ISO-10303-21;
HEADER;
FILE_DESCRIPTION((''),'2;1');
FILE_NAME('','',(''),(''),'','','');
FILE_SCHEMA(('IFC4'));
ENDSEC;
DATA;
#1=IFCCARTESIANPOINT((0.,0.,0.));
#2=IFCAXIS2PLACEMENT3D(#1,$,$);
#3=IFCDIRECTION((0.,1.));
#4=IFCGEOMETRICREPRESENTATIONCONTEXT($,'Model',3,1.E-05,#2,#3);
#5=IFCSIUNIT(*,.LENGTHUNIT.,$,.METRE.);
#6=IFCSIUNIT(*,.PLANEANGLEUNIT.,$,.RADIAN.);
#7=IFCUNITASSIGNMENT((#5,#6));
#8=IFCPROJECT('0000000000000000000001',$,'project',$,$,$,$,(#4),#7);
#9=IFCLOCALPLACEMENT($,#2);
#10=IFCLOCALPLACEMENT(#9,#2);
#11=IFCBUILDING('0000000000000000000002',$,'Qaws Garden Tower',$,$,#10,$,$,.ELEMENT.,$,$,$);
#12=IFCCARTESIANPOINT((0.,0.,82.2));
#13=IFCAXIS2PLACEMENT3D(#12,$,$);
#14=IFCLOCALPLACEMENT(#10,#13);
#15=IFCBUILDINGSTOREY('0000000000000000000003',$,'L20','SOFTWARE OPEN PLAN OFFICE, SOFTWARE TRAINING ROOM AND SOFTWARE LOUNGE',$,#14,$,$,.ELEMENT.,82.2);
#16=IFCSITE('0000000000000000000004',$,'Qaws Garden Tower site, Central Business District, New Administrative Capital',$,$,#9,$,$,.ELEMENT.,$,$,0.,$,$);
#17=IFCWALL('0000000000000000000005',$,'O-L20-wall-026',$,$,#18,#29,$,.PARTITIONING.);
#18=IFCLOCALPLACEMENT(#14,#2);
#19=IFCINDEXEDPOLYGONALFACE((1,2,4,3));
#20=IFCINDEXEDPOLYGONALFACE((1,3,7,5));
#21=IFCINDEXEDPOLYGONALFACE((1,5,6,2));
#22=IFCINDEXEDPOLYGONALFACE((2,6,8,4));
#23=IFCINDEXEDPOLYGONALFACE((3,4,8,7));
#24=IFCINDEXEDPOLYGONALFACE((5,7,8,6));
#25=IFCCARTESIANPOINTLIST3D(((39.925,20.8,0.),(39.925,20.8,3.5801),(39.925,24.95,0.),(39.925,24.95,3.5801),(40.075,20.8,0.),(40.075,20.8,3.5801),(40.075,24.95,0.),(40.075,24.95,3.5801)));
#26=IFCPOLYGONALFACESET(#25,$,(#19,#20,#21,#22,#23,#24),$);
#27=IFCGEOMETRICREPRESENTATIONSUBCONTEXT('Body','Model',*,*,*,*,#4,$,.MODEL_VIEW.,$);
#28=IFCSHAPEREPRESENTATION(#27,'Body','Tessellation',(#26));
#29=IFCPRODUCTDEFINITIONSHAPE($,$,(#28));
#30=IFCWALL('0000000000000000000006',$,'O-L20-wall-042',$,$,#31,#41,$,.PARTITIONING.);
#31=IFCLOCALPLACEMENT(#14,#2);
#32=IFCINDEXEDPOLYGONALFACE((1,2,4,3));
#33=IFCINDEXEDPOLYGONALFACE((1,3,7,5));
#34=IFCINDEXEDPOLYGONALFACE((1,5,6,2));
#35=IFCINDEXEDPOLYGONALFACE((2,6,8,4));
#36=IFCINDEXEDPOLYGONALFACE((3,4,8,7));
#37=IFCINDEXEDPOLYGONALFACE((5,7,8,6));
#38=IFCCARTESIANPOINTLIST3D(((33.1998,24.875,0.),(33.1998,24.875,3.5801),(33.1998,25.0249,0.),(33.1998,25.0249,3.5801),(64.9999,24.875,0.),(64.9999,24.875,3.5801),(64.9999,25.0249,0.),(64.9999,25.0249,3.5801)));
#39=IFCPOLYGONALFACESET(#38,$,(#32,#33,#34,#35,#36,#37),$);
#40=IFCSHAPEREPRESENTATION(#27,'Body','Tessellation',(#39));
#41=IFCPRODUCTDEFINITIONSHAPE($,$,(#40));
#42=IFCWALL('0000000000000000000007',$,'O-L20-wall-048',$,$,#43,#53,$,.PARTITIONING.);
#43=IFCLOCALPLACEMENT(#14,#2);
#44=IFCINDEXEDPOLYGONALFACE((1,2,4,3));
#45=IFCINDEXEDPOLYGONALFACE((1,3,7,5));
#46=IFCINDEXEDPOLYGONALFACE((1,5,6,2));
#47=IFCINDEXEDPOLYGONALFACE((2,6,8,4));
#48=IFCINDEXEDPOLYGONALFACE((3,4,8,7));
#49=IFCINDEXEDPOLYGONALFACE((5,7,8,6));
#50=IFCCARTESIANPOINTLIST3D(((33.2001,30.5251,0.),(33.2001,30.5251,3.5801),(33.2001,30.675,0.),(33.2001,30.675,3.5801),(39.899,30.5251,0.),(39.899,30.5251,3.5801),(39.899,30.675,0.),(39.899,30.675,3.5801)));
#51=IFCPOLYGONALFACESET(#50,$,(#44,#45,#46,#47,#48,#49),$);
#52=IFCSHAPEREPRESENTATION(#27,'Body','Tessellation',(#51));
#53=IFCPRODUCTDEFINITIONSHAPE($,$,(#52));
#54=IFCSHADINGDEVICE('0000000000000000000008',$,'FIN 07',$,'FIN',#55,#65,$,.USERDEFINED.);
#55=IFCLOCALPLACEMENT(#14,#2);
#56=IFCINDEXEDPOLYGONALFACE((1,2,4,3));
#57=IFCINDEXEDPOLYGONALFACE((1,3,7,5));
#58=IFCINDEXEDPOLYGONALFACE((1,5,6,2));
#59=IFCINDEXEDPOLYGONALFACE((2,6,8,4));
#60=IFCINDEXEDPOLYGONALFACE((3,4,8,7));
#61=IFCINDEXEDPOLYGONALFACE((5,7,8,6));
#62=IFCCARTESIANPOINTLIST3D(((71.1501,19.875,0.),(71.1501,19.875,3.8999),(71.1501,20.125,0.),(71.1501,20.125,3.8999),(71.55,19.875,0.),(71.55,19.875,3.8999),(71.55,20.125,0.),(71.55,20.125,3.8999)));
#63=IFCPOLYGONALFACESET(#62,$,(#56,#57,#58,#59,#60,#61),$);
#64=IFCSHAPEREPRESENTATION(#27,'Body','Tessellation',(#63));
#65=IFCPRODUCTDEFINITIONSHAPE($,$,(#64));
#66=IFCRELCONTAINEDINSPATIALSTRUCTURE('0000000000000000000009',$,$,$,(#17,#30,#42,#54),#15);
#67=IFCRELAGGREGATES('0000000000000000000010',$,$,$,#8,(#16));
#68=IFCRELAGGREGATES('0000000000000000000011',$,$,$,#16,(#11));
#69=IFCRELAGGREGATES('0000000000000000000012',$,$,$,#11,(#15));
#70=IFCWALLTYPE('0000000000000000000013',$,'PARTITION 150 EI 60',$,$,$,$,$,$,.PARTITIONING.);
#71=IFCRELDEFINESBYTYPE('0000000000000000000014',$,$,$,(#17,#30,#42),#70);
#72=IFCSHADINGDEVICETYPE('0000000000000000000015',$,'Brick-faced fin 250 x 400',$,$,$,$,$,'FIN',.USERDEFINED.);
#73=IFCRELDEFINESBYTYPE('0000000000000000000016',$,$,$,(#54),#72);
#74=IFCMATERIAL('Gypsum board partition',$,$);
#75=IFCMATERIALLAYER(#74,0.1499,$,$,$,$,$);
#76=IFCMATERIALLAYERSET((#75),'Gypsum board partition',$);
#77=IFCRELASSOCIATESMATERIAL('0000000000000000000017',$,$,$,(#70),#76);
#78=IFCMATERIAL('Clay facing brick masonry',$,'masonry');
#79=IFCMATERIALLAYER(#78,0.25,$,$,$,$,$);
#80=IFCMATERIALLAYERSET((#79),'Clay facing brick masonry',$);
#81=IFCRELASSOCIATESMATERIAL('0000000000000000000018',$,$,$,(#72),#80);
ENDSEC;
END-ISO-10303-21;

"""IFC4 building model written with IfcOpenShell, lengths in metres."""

from ifc_helpers import new_model, si_unit, direction, frame, frame_2d, origin, origin_2d, place, context, subcontext, project, spatial, rectangle, extrude, material, layer, layer_set, type_object, element, save


model = new_model("IFC4")

# Units and contexts
model_context = context("Model", 3, precision=1e-05, world=origin(), true_north=direction((0.0, 1.0)))
body_context = subcontext(model_context, "Body", "Model", "MODEL_VIEW")
ifc_project = project(units=[si_unit("LENGTHUNIT", "METRE"), si_unit("PLANEANGLEUNIT", "RADIAN")], contexts=[model_context])

# Site, building, storey
site_placement = place(None, origin())
site = spatial("IfcSite", under=ifc_project, at=site_placement, Name="Qaws Garden Tower site, Central Business District, New Administrative Capital", CompositionType="ELEMENT", RefElevation=0.0)
building_placement = place(site_placement, origin())
building = spatial("IfcBuilding", under=site, at=building_placement, Name="Qaws Garden Tower", CompositionType="ELEMENT")
storey_placement = place(building_placement, frame((0.0, 0.0, 82.2)))
storey = spatial("IfcBuildingStorey", under=building, at=storey_placement, Name="L20", Description="SOFTWARE OPEN PLAN OFFICE, SOFTWARE TRAINING ROOM AND SOFTWARE LOUNGE", CompositionType="ELEMENT", Elevation=82.2)

# Walls
ifc_material_1 = material(Name="Gypsum board partition")
ifc_layer_1 = layer(ifc_material_1, 0.1499)
ifc_layer_set_1 = layer_set([ifc_layer_1], Name="Gypsum board partition")
wall_type = type_object("IfcWallType", Name="PARTITION 150 EI 60", PredefinedType="PARTITIONING", material=ifc_layer_set_1)
wall_1_placement = place(storey_placement, frame((40.0, 20.8, 0.0), z_axis=(0.0, 0.0, 1.0), x_axis=(0.0, 1.0, 0.0)))
element("IfcWall", 1, at=wall_1_placement, inside=storey, type_object=wall_type, Name="O-L20-wall-026", PredefinedType="PARTITIONING", context=body_context, shape_type="SweptSolid", body=[
    extrude(rectangle(XDim=4.1499, YDim=0.1499, at=frame_2d((2.075, 0.0))), origin(), (0.0, 0.0, 1.0), 3.5801),
])
wall_2_placement = place(storey_placement, frame((33.2, 24.95, 0.0), z_axis=(0.0, 0.0, 1.0), x_axis=(1.0, 0.0, 0.0)))
element("IfcWall", 2, at=wall_2_placement, inside=storey, type_object=wall_type, Name="O-L20-wall-042", PredefinedType="PARTITIONING", context=body_context, shape_type="SweptSolid", body=[
    extrude(rectangle(XDim=31.8, YDim=0.1499, at=frame_2d((15.8999, 0.0))), origin(), (0.0, 0.0, 1.0), 3.5801),
])
wall_3_placement = place(storey_placement, frame((33.2, 30.6001, 0.0), z_axis=(0.0, 0.0, 1.0), x_axis=(1.0, 0.0, 0.0)))
element("IfcWall", 3, at=wall_3_placement, inside=storey, type_object=wall_type, Name="O-L20-wall-048", PredefinedType="PARTITIONING", context=body_context, shape_type="SweptSolid", body=[
    extrude(rectangle(XDim=6.699, YDim=0.1499, at=frame_2d((3.3496, 0.0))), origin(), (0.0, 0.0, 1.0), 3.5801),
])

# Shading device
ifc_material_2 = material(Name="Clay facing brick masonry", Category="masonry")
ifc_layer_2 = layer(ifc_material_2, 0.25)
ifc_layer_set_2 = layer_set([ifc_layer_2], Name="Clay facing brick masonry")
shading_device_type = type_object("IfcShadingDeviceType", Name="Brick-faced fin 250 x 400", ElementType="FIN", PredefinedType="USERDEFINED", material=ifc_layer_set_2)
shading_device_placement = place(storey_placement, frame((71.3501, 20.0, 0.0), z_axis=(0.0, 0.0, 1.0), x_axis=(0.0, 1.0, 0.0)))
element("IfcShadingDevice", 4, at=shading_device_placement, inside=storey, type_object=shading_device_type, Name="FIN 07", ObjectType="FIN", PredefinedType="USERDEFINED", context=body_context, shape_type="SweptSolid", body=[
    extrude(rectangle(XDim=0.25, YDim=0.3999, at=origin_2d()), origin(), (0.0, 0.0, 1.0), 3.8999),
])

save(model, "model.ifc")
